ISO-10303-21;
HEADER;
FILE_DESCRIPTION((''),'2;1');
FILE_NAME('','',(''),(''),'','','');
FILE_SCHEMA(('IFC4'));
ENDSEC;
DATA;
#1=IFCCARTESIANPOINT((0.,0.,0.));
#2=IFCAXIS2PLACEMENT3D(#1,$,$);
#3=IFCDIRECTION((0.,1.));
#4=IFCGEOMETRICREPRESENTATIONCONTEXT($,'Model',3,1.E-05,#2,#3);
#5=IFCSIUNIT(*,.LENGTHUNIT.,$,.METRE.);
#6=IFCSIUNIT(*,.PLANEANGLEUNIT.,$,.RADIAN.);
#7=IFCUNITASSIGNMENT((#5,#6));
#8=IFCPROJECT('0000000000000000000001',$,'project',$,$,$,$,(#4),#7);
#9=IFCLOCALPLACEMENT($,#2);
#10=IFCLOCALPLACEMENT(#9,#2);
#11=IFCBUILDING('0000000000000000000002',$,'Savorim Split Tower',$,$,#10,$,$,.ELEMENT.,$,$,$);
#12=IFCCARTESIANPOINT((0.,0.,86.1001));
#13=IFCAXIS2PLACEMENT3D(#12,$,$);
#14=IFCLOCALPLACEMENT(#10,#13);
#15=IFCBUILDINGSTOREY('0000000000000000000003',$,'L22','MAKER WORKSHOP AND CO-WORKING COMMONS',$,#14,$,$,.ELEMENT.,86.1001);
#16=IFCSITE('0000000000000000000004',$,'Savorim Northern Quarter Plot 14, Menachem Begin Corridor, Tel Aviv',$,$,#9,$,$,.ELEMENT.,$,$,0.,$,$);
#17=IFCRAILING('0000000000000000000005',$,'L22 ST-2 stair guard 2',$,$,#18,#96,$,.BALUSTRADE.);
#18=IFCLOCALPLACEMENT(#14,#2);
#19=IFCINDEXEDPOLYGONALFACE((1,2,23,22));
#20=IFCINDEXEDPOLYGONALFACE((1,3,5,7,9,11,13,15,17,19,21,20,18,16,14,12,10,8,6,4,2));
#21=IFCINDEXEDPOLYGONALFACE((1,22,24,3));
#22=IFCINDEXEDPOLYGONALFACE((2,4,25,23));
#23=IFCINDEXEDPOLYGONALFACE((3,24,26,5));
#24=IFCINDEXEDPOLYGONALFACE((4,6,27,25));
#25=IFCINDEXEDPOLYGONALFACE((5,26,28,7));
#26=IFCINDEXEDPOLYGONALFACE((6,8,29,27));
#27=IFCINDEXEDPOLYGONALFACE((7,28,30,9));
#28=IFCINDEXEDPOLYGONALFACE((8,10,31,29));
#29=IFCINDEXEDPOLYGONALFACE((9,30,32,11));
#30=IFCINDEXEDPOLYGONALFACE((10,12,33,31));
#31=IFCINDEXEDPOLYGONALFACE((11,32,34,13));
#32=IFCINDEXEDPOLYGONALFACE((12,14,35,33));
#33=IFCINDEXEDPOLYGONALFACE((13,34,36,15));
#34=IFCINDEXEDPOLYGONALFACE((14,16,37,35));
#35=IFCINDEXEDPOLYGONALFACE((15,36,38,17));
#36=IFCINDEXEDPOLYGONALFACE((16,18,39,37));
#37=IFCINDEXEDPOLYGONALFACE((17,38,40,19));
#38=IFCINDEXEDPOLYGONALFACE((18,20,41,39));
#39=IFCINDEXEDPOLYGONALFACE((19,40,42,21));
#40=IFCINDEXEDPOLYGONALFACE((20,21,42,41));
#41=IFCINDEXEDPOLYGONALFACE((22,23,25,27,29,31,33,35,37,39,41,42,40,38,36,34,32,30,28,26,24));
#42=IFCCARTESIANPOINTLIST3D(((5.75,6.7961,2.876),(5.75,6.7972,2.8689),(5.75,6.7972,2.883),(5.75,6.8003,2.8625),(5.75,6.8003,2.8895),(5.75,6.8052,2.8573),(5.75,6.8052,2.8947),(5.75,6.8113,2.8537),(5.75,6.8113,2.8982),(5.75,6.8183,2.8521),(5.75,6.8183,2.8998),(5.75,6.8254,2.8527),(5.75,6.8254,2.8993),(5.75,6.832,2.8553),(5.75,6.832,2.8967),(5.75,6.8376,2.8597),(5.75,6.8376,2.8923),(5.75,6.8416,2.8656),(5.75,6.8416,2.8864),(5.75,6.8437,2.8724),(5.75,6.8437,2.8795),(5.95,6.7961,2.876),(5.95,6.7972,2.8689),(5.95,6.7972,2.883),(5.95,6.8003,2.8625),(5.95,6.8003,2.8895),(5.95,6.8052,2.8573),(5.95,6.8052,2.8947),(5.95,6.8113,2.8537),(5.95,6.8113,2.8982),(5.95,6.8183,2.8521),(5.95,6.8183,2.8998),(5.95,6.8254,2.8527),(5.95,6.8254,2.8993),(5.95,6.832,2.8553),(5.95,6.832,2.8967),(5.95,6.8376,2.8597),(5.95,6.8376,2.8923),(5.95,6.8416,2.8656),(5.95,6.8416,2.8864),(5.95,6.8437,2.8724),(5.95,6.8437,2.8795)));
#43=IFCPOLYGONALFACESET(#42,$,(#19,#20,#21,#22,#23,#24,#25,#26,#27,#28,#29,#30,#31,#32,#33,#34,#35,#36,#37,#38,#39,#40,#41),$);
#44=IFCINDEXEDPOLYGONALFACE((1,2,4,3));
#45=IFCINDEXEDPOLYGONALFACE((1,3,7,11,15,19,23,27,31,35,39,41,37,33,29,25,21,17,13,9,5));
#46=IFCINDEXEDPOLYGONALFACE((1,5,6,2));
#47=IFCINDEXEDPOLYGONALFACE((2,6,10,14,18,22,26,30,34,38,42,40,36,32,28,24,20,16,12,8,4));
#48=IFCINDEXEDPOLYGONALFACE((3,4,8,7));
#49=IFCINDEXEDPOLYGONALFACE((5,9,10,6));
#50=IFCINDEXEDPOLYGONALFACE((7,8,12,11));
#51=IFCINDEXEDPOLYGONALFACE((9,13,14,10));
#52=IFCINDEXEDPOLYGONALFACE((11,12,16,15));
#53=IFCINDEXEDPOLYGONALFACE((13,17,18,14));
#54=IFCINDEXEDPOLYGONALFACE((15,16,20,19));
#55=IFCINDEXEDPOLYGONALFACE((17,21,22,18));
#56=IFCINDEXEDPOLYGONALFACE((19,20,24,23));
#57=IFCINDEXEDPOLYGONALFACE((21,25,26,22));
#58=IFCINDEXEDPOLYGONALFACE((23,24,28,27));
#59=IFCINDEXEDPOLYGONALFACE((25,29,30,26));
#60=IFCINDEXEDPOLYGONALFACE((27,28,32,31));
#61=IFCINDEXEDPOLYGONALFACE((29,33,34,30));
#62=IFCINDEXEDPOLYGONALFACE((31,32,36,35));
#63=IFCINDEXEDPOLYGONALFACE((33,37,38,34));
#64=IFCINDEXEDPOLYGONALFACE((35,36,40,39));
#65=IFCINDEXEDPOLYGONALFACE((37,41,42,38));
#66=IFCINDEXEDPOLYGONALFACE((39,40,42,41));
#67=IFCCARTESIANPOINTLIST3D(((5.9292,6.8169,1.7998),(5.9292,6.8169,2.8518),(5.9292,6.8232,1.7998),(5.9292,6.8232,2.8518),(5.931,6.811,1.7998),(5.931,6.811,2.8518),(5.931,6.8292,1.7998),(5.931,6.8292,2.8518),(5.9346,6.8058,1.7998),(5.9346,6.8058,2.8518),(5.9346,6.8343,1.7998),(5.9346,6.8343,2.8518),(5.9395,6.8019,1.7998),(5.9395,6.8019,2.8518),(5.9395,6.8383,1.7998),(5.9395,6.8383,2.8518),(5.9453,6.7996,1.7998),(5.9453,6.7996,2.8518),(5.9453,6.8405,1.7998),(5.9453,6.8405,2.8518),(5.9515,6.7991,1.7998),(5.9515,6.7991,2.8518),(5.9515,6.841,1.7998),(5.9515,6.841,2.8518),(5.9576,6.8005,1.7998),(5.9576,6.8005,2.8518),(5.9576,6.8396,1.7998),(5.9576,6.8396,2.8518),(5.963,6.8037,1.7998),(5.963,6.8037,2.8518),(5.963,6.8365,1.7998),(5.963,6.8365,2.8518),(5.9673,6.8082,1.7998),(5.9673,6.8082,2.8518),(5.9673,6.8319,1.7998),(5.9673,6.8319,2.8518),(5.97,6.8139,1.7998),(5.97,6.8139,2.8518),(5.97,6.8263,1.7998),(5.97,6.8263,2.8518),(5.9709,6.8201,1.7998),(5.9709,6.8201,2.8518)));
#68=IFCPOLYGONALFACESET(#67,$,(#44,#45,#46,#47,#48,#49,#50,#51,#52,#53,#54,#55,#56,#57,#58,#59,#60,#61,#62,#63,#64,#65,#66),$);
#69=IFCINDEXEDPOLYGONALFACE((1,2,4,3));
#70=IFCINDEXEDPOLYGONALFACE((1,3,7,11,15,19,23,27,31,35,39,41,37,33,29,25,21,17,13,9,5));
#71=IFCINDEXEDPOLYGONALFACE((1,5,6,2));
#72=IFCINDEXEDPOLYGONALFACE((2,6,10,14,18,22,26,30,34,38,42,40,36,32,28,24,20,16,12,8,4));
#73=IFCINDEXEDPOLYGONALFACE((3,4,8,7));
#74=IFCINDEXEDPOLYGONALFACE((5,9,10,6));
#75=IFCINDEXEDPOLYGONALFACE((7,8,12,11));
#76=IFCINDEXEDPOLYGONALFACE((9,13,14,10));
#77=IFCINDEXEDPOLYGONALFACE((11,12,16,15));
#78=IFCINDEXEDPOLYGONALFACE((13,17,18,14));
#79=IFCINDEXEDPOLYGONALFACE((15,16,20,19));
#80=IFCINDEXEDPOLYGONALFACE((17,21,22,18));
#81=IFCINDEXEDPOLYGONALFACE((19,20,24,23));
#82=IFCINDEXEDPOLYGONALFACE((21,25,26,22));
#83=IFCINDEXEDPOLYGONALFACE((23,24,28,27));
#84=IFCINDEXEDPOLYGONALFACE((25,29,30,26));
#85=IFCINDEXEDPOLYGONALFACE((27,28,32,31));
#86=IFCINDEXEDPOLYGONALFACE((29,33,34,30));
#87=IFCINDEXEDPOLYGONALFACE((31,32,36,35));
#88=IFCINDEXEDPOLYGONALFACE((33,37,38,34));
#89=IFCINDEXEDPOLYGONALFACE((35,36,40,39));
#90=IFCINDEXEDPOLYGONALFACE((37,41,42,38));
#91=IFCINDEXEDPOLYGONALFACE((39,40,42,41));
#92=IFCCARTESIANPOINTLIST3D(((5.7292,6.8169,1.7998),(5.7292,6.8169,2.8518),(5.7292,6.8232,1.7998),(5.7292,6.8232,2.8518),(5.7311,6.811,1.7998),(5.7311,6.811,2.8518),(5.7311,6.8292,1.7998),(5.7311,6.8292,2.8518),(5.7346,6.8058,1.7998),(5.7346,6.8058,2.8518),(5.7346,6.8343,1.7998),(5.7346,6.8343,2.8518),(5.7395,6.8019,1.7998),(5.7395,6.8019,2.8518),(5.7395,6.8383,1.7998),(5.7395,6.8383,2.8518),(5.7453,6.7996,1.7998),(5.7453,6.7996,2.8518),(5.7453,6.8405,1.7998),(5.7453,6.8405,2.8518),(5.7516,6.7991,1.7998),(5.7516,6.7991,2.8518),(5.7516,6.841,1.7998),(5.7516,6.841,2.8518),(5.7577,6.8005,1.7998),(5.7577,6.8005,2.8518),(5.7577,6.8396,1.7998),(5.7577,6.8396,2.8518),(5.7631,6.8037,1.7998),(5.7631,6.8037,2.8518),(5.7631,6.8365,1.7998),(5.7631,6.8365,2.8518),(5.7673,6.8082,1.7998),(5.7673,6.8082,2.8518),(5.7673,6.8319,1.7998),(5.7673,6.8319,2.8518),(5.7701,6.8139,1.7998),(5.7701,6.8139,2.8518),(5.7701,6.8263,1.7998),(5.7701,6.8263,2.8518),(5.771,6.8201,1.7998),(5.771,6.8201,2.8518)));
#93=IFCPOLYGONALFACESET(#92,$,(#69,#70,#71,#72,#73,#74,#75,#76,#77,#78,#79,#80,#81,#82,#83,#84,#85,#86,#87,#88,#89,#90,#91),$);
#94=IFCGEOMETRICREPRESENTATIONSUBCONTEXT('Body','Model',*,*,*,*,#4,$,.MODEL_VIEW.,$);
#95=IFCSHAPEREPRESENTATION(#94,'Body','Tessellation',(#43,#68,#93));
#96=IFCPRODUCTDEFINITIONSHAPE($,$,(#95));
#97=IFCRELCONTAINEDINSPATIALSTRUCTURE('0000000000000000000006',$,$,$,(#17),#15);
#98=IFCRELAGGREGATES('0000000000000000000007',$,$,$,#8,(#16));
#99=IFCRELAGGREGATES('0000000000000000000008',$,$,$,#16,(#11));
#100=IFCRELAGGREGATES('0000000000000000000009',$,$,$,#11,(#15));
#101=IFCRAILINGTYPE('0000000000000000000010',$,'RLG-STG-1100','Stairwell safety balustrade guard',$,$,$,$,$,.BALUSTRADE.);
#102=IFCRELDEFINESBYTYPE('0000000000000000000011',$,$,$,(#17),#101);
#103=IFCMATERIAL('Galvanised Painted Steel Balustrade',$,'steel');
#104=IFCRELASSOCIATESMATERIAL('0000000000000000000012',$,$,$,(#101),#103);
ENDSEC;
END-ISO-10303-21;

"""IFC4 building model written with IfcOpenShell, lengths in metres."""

from ifc_helpers import new_model, si_unit, direction, frame, origin, origin_2d, place, context, subcontext, project, spatial, circle, extrude, material, type_object, element, save


model = new_model("IFC4")

# Units and contexts
model_context = context("Model", 3, precision=1e-05, world=origin(), true_north=direction((0.0, 1.0)))
body_context = subcontext(model_context, "Body", "Model", "MODEL_VIEW")
ifc_project = project(units=[si_unit("LENGTHUNIT", "METRE"), si_unit("PLANEANGLEUNIT", "RADIAN")], contexts=[model_context])

# Site, building, storey
site_placement = place(None, origin())
site = spatial("IfcSite", under=ifc_project, at=site_placement, Name="Savorim Northern Quarter Plot 14, Menachem Begin Corridor, Tel Aviv", CompositionType="ELEMENT", RefElevation=0.0)
building_placement = place(site_placement, origin())
building = spatial("IfcBuilding", under=site, at=building_placement, Name="Savorim Split Tower", CompositionType="ELEMENT")
storey_placement = place(building_placement, frame((0.0, 0.0, 86.1001)))
storey = spatial("IfcBuildingStorey", under=building, at=storey_placement, Name="L22", Description="MAKER WORKSHOP AND CO-WORKING COMMONS", CompositionType="ELEMENT", Elevation=86.1001)

# Railing
ifc_material_1 = material(Name="Galvanised Painted Steel Balustrade", Category="steel")
railing_type_1 = type_object("IfcRailingType", Name="RLG-STG-1100", Description="Stairwell safety balustrade guard", PredefinedType="BALUSTRADE", material=ifc_material_1)
railing_1_placement = place(storey_placement, frame((5.95, 6.8201, 1.7998)))
element("IfcRailing", 1, at=railing_1_placement, inside=storey, type_object=railing_type_1, Name="L22 ST-2 stair guard 2", PredefinedType="BALUSTRADE", context=body_context, shape_type="SweptSolid", body=[
    extrude(circle(Radius=0.0239, at=origin_2d()), frame((0.0, 0.0, 1.0762), z_axis=(-1.0, 0.0, 0.0), x_axis=(0.0, -1.0, 0.0)), (0.0, 0.0, 1.0), 0.2),
    extrude(circle(Radius=0.021, at=origin_2d()), origin(), (0.0, 0.0, 1.0), 1.052),
    extrude(circle(Radius=0.021, at=origin_2d()), frame((-0.2, 0.0, 0.0)), (0.0, 0.0, 1.0), 1.052),
])

save(model, "model.ifc")
